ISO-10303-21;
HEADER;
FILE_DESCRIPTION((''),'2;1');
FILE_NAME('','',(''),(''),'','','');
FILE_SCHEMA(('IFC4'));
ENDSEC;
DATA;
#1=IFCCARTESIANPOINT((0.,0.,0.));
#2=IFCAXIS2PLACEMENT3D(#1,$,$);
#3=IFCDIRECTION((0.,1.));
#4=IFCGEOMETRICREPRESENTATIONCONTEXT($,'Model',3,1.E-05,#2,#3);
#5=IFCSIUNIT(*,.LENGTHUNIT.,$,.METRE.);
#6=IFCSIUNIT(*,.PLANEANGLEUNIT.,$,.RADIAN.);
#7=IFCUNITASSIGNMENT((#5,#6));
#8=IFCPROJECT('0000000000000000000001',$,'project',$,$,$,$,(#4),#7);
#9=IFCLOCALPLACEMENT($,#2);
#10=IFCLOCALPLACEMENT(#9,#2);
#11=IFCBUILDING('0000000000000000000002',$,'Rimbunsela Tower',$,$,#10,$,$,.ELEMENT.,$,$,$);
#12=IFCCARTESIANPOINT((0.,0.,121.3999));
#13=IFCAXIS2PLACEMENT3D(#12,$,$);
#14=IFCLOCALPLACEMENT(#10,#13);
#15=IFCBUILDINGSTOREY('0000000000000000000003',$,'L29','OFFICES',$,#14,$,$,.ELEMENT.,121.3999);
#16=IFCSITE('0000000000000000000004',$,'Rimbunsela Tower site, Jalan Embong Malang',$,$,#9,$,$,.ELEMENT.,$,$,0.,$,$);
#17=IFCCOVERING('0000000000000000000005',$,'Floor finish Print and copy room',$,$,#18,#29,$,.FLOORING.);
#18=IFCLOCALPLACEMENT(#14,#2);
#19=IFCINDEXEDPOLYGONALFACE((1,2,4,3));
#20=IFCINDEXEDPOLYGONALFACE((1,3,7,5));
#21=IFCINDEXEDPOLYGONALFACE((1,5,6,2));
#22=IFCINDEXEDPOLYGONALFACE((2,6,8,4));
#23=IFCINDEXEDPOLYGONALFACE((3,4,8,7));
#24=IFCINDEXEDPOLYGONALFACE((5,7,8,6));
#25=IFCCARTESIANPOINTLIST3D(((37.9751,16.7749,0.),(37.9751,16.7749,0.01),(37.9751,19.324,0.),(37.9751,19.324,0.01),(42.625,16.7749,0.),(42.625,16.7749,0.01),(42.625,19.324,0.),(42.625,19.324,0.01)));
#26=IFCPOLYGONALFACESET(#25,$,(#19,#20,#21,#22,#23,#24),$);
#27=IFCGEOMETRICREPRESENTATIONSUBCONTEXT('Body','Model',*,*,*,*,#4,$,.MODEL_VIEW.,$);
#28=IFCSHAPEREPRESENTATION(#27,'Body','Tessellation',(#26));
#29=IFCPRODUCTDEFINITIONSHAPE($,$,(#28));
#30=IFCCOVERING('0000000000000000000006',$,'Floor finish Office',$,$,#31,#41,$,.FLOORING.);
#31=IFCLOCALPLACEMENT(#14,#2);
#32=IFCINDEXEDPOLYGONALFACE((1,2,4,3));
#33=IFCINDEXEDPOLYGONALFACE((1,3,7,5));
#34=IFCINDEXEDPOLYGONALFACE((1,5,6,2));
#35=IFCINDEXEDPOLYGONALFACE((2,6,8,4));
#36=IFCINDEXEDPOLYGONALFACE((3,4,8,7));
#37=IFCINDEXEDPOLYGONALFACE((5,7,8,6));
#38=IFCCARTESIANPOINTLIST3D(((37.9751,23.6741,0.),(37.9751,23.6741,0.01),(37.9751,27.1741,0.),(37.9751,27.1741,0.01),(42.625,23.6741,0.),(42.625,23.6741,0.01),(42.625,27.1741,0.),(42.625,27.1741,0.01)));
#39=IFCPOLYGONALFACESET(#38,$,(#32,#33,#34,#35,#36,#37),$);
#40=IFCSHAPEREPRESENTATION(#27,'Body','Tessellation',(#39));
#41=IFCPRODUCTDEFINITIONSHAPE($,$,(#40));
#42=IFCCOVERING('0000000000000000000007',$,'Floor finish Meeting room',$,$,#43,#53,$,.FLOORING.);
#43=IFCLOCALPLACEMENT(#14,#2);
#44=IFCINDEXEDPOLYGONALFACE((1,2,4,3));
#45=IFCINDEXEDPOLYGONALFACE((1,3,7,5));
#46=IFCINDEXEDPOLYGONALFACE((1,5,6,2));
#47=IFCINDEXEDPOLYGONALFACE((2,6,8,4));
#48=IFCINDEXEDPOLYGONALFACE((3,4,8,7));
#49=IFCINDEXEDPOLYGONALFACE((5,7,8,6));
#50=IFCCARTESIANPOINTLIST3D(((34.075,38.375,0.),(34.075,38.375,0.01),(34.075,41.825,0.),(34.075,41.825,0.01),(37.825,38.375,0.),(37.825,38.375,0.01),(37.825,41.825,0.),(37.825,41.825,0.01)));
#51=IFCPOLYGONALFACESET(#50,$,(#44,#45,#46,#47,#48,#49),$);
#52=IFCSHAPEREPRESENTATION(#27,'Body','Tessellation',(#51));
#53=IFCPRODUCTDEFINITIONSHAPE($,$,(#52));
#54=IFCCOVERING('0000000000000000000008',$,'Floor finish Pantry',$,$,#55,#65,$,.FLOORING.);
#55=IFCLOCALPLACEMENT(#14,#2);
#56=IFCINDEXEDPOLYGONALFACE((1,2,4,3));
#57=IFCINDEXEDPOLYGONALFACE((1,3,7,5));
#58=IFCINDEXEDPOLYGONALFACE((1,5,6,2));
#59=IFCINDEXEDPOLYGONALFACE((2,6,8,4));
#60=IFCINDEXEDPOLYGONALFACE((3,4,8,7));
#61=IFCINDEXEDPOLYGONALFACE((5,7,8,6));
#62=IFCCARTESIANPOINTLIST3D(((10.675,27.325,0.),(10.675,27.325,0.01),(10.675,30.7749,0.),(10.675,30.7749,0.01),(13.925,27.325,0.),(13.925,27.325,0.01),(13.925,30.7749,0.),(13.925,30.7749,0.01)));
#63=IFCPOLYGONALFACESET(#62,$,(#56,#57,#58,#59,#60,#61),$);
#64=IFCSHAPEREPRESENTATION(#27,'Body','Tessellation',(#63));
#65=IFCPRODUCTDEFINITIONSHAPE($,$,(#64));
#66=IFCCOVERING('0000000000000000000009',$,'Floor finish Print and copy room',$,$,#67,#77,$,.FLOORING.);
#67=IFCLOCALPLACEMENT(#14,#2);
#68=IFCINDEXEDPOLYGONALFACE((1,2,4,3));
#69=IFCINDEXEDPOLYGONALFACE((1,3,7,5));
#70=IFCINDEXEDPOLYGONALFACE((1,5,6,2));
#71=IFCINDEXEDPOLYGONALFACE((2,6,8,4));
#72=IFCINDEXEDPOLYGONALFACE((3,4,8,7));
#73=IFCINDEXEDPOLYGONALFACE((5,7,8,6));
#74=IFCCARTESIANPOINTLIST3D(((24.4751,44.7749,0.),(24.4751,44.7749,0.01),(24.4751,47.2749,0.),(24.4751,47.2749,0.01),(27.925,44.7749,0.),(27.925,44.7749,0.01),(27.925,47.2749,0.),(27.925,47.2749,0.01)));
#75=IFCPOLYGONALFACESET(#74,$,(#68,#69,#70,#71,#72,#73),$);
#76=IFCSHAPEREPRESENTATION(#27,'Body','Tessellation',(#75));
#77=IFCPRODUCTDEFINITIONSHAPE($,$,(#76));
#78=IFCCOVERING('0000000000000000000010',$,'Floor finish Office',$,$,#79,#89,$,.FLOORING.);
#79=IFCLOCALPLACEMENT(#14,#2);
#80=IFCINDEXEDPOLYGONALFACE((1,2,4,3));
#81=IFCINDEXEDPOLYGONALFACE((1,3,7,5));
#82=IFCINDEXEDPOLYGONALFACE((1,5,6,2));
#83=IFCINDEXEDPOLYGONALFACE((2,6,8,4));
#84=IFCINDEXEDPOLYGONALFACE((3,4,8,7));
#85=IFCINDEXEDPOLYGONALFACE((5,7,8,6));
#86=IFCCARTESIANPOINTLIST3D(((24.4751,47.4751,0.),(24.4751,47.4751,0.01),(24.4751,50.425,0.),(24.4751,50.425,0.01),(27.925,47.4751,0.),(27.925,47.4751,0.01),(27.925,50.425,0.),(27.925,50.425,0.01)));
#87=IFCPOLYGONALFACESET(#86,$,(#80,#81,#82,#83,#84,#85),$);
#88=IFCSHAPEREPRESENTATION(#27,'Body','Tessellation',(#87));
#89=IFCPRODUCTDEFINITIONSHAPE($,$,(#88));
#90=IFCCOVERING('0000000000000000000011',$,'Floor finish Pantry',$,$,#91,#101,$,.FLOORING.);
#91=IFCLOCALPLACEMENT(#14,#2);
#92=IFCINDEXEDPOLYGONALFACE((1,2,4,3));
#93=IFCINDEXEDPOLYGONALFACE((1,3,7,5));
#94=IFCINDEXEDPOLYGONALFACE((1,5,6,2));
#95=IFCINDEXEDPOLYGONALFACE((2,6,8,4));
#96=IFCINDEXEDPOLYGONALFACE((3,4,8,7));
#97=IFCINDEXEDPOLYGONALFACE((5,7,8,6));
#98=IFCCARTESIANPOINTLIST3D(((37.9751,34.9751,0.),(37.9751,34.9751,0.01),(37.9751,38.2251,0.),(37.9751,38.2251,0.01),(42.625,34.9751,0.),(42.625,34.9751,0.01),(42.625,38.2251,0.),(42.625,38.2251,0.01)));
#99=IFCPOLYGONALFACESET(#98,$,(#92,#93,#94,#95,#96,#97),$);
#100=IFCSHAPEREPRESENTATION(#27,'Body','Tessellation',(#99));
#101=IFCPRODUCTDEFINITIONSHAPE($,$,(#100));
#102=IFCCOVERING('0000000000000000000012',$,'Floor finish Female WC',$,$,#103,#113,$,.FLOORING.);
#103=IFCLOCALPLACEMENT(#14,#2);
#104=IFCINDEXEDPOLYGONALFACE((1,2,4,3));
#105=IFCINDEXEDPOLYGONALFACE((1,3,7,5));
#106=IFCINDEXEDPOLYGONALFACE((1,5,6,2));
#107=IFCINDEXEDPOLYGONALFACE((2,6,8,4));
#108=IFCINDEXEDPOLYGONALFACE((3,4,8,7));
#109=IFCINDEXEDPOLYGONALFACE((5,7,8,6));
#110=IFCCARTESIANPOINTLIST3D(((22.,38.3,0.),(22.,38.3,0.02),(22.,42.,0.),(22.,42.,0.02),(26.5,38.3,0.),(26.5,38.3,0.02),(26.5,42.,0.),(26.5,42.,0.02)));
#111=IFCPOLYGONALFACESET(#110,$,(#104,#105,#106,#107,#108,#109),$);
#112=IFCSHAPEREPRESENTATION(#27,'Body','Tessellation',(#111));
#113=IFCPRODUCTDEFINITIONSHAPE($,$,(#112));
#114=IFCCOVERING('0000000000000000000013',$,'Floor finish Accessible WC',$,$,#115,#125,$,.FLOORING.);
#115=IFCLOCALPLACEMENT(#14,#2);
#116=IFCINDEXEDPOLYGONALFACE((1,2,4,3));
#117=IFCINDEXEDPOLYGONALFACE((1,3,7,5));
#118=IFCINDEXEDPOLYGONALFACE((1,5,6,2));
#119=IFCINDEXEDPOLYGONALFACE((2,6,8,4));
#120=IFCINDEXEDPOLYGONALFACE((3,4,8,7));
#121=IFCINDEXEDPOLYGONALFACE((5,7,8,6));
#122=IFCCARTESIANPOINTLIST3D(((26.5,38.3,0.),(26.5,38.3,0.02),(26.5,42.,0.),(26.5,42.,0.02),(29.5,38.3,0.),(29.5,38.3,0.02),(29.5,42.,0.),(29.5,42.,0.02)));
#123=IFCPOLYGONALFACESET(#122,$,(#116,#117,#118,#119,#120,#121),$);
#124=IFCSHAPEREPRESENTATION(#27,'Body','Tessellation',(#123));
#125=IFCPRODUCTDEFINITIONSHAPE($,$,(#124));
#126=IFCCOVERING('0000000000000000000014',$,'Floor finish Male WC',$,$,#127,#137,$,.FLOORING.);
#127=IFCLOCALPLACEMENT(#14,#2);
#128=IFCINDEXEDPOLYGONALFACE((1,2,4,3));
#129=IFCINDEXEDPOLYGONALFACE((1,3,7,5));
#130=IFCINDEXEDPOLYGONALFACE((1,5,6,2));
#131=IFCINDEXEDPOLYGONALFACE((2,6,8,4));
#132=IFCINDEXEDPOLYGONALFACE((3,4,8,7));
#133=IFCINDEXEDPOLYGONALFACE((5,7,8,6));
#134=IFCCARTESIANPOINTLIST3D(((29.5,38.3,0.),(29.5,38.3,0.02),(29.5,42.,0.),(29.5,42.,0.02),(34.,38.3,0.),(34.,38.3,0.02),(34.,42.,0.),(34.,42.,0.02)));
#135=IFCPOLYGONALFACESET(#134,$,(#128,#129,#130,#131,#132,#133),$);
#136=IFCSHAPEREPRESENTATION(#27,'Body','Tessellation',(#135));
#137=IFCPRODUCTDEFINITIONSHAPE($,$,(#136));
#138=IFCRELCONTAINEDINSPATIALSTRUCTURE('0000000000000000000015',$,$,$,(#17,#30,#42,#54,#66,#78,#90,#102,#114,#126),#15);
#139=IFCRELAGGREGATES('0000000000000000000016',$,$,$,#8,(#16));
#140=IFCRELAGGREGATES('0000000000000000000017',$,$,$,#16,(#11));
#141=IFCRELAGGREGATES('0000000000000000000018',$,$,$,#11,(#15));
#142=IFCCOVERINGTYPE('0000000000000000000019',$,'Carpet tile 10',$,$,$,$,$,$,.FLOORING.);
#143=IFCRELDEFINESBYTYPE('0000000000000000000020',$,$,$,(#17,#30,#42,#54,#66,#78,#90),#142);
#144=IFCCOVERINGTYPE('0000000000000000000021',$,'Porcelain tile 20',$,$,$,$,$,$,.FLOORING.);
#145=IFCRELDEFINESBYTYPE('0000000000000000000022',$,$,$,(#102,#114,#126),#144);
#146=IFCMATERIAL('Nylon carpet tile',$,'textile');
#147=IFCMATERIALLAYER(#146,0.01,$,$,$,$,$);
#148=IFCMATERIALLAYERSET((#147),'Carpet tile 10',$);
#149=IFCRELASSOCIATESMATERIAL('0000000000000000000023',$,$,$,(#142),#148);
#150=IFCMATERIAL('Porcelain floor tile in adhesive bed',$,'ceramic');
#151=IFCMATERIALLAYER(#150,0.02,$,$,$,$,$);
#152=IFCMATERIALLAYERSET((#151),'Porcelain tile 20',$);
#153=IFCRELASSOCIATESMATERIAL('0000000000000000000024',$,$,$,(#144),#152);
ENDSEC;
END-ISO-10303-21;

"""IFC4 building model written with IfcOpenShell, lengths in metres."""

from ifc_helpers import new_model, si_unit, direction, frame, origin, place, context, subcontext, project, spatial, polyline, outline, extrude, material, layer, layer_set, type_object, element, save


model = new_model("IFC4")

# Units and contexts
model_context = context("Model", 3, precision=1e-05, world=origin(), true_north=direction((0.0, 1.0)))
body_context = subcontext(model_context, "Body", "Model", "MODEL_VIEW")
ifc_project = project(units=[si_unit("LENGTHUNIT", "METRE"), si_unit("PLANEANGLEUNIT", "RADIAN")], contexts=[model_context])

# Site, building, storey
site_placement = place(None, origin())
site = spatial("IfcSite", under=ifc_project, at=site_placement, Name="Rimbunsela Tower site, Jalan Embong Malang", CompositionType="ELEMENT", RefElevation=0.0)
building_placement = place(site_placement, origin())
building = spatial("IfcBuilding", under=site, at=building_placement, Name="Rimbunsela Tower", CompositionType="ELEMENT")
storey_placement = place(building_placement, frame((0.0, 0.0, 121.3999)))
storey = spatial("IfcBuildingStorey", under=building, at=storey_placement, Name="L29", Description="OFFICES", CompositionType="ELEMENT", Elevation=121.3999)

# Coverings
ifc_material_1 = material(Name="Nylon carpet tile", Category="textile")
ifc_layer_1 = layer(ifc_material_1, 0.01)
ifc_layer_set_1 = layer_set([ifc_layer_1], Name="Carpet tile 10")
covering_type_1 = type_object("IfcCoveringType", Name="Carpet tile 10", PredefinedType="FLOORING", material=ifc_layer_set_1)
covering_1_placement = place(storey_placement, origin())
element("IfcCovering", 1, at=covering_1_placement, inside=storey, type_object=covering_type_1, Name="Floor finish Print and copy room", PredefinedType="FLOORING", context=body_context, shape_type="SweptSolid", body=[
    extrude(outline(polyline([(42.625, 16.7749), (42.625, 19.324), (37.9751, 19.324), (37.9751, 16.7749), (42.625, 16.7749)])), origin(), (0.0, 0.0, 1.0), 0.01),
])
covering_2_placement = place(storey_placement, origin())
element("IfcCovering", 2, at=covering_2_placement, inside=storey, type_object=covering_type_1, Name="Floor finish Office", PredefinedType="FLOORING", context=body_context, shape_type="SweptSolid", body=[
    extrude(outline(polyline([(42.625, 23.6741), (42.625, 27.1741), (37.9751, 27.1741), (37.9751, 23.6741), (42.625, 23.6741)])), origin(), (0.0, 0.0, 1.0), 0.01),
])
covering_3_placement = place(storey_placement, origin())
element("IfcCovering", 3, at=covering_3_placement, inside=storey, type_object=covering_type_1, Name="Floor finish Meeting room", PredefinedType="FLOORING", context=body_context, shape_type="SweptSolid", body=[
    extrude(outline(polyline([(37.825, 38.375), (37.825, 41.825), (34.075, 41.825), (34.075, 38.375), (37.825, 38.375)])), origin(), (0.0, 0.0, 1.0), 0.01),
])
covering_4_placement = place(storey_placement, origin())
element("IfcCovering", 4, at=covering_4_placement, inside=storey, type_object=covering_type_1, Name="Floor finish Pantry", PredefinedType="FLOORING", context=body_context, shape_type="SweptSolid", body=[
    extrude(outline(polyline([(13.925, 27.325), (13.925, 30.7749), (10.675, 30.7749), (10.675, 27.325), (13.925, 27.325)])), origin(), (0.0, 0.0, 1.0), 0.01),
])
covering_5_placement = place(storey_placement, origin())
element("IfcCovering", 5, at=covering_5_placement, inside=storey, type_object=covering_type_1, Name="Floor finish Print and copy room", PredefinedType="FLOORING", context=body_context, shape_type="SweptSolid", body=[
    extrude(outline(polyline([(27.925, 44.7749), (27.925, 47.2749), (24.4751, 47.2749), (24.4751, 44.7749), (27.925, 44.7749)])), origin(), (0.0, 0.0, 1.0), 0.01),
])
covering_6_placement = place(storey_placement, origin())
element("IfcCovering", 6, at=covering_6_placement, inside=storey, type_object=covering_type_1, Name="Floor finish Office", PredefinedType="FLOORING", context=body_context, shape_type="SweptSolid", body=[
    extrude(outline(polyline([(27.925, 47.4751), (27.925, 50.425), (24.4751, 50.425), (24.4751, 47.4751), (27.925, 47.4751)])), origin(), (0.0, 0.0, 1.0), 0.01),
])
covering_7_placement = place(storey_placement, origin())
element("IfcCovering", 7, at=covering_7_placement, inside=storey, type_object=covering_type_1, Name="Floor finish Pantry", PredefinedType="FLOORING", context=body_context, shape_type="SweptSolid", body=[
    extrude(outline(polyline([(42.625, 34.9751), (42.625, 38.2251), (37.9751, 38.2251), (37.9751, 34.9751), (42.625, 34.9751)])), origin(), (0.0, 0.0, 1.0), 0.01),
])
ifc_material_2 = material(Name="Porcelain floor tile in adhesive bed", Category="ceramic")
ifc_layer_2 = layer(ifc_material_2, 0.02)
ifc_layer_set_2 = layer_set([ifc_layer_2], Name="Porcelain tile 20")
covering_type_2 = type_object("IfcCoveringType", Name="Porcelain tile 20", PredefinedType="FLOORING", material=ifc_layer_set_2)
covering_8_placement = place(storey_placement, origin())
element("IfcCovering", 8, at=covering_8_placement, inside=storey, type_object=covering_type_2, Name="Floor finish Female WC", PredefinedType="FLOORING", context=body_context, shape_type="SweptSolid", body=[
    extrude(outline(polyline([(26.5, 38.3), (26.5, 42.0), (22.0, 42.0), (22.0, 38.3), (26.5, 38.3)])), origin(), (0.0, 0.0, 1.0), 0.02),
])
covering_9_placement = place(storey_placement, origin())
element("IfcCovering", 9, at=covering_9_placement, inside=storey, type_object=covering_type_2, Name="Floor finish Accessible WC", PredefinedType="FLOORING", context=body_context, shape_type="SweptSolid", body=[
    extrude(outline(polyline([(29.5, 38.3), (29.5, 42.0), (26.5, 42.0), (26.5, 38.3), (29.5, 38.3)])), origin(), (0.0, 0.0, 1.0), 0.02),
])
covering_10_placement = place(storey_placement, origin())
element("IfcCovering", 10, at=covering_10_placement, inside=storey, type_object=covering_type_2, Name="Floor finish Male WC", PredefinedType="FLOORING", context=body_context, shape_type="SweptSolid", body=[
    extrude(outline(polyline([(34.0, 38.3), (34.0, 42.0), (29.5, 42.0), (29.5, 38.3), (34.0, 38.3)])), origin(), (0.0, 0.0, 1.0), 0.02),
])

save(model, "model.ifc")
